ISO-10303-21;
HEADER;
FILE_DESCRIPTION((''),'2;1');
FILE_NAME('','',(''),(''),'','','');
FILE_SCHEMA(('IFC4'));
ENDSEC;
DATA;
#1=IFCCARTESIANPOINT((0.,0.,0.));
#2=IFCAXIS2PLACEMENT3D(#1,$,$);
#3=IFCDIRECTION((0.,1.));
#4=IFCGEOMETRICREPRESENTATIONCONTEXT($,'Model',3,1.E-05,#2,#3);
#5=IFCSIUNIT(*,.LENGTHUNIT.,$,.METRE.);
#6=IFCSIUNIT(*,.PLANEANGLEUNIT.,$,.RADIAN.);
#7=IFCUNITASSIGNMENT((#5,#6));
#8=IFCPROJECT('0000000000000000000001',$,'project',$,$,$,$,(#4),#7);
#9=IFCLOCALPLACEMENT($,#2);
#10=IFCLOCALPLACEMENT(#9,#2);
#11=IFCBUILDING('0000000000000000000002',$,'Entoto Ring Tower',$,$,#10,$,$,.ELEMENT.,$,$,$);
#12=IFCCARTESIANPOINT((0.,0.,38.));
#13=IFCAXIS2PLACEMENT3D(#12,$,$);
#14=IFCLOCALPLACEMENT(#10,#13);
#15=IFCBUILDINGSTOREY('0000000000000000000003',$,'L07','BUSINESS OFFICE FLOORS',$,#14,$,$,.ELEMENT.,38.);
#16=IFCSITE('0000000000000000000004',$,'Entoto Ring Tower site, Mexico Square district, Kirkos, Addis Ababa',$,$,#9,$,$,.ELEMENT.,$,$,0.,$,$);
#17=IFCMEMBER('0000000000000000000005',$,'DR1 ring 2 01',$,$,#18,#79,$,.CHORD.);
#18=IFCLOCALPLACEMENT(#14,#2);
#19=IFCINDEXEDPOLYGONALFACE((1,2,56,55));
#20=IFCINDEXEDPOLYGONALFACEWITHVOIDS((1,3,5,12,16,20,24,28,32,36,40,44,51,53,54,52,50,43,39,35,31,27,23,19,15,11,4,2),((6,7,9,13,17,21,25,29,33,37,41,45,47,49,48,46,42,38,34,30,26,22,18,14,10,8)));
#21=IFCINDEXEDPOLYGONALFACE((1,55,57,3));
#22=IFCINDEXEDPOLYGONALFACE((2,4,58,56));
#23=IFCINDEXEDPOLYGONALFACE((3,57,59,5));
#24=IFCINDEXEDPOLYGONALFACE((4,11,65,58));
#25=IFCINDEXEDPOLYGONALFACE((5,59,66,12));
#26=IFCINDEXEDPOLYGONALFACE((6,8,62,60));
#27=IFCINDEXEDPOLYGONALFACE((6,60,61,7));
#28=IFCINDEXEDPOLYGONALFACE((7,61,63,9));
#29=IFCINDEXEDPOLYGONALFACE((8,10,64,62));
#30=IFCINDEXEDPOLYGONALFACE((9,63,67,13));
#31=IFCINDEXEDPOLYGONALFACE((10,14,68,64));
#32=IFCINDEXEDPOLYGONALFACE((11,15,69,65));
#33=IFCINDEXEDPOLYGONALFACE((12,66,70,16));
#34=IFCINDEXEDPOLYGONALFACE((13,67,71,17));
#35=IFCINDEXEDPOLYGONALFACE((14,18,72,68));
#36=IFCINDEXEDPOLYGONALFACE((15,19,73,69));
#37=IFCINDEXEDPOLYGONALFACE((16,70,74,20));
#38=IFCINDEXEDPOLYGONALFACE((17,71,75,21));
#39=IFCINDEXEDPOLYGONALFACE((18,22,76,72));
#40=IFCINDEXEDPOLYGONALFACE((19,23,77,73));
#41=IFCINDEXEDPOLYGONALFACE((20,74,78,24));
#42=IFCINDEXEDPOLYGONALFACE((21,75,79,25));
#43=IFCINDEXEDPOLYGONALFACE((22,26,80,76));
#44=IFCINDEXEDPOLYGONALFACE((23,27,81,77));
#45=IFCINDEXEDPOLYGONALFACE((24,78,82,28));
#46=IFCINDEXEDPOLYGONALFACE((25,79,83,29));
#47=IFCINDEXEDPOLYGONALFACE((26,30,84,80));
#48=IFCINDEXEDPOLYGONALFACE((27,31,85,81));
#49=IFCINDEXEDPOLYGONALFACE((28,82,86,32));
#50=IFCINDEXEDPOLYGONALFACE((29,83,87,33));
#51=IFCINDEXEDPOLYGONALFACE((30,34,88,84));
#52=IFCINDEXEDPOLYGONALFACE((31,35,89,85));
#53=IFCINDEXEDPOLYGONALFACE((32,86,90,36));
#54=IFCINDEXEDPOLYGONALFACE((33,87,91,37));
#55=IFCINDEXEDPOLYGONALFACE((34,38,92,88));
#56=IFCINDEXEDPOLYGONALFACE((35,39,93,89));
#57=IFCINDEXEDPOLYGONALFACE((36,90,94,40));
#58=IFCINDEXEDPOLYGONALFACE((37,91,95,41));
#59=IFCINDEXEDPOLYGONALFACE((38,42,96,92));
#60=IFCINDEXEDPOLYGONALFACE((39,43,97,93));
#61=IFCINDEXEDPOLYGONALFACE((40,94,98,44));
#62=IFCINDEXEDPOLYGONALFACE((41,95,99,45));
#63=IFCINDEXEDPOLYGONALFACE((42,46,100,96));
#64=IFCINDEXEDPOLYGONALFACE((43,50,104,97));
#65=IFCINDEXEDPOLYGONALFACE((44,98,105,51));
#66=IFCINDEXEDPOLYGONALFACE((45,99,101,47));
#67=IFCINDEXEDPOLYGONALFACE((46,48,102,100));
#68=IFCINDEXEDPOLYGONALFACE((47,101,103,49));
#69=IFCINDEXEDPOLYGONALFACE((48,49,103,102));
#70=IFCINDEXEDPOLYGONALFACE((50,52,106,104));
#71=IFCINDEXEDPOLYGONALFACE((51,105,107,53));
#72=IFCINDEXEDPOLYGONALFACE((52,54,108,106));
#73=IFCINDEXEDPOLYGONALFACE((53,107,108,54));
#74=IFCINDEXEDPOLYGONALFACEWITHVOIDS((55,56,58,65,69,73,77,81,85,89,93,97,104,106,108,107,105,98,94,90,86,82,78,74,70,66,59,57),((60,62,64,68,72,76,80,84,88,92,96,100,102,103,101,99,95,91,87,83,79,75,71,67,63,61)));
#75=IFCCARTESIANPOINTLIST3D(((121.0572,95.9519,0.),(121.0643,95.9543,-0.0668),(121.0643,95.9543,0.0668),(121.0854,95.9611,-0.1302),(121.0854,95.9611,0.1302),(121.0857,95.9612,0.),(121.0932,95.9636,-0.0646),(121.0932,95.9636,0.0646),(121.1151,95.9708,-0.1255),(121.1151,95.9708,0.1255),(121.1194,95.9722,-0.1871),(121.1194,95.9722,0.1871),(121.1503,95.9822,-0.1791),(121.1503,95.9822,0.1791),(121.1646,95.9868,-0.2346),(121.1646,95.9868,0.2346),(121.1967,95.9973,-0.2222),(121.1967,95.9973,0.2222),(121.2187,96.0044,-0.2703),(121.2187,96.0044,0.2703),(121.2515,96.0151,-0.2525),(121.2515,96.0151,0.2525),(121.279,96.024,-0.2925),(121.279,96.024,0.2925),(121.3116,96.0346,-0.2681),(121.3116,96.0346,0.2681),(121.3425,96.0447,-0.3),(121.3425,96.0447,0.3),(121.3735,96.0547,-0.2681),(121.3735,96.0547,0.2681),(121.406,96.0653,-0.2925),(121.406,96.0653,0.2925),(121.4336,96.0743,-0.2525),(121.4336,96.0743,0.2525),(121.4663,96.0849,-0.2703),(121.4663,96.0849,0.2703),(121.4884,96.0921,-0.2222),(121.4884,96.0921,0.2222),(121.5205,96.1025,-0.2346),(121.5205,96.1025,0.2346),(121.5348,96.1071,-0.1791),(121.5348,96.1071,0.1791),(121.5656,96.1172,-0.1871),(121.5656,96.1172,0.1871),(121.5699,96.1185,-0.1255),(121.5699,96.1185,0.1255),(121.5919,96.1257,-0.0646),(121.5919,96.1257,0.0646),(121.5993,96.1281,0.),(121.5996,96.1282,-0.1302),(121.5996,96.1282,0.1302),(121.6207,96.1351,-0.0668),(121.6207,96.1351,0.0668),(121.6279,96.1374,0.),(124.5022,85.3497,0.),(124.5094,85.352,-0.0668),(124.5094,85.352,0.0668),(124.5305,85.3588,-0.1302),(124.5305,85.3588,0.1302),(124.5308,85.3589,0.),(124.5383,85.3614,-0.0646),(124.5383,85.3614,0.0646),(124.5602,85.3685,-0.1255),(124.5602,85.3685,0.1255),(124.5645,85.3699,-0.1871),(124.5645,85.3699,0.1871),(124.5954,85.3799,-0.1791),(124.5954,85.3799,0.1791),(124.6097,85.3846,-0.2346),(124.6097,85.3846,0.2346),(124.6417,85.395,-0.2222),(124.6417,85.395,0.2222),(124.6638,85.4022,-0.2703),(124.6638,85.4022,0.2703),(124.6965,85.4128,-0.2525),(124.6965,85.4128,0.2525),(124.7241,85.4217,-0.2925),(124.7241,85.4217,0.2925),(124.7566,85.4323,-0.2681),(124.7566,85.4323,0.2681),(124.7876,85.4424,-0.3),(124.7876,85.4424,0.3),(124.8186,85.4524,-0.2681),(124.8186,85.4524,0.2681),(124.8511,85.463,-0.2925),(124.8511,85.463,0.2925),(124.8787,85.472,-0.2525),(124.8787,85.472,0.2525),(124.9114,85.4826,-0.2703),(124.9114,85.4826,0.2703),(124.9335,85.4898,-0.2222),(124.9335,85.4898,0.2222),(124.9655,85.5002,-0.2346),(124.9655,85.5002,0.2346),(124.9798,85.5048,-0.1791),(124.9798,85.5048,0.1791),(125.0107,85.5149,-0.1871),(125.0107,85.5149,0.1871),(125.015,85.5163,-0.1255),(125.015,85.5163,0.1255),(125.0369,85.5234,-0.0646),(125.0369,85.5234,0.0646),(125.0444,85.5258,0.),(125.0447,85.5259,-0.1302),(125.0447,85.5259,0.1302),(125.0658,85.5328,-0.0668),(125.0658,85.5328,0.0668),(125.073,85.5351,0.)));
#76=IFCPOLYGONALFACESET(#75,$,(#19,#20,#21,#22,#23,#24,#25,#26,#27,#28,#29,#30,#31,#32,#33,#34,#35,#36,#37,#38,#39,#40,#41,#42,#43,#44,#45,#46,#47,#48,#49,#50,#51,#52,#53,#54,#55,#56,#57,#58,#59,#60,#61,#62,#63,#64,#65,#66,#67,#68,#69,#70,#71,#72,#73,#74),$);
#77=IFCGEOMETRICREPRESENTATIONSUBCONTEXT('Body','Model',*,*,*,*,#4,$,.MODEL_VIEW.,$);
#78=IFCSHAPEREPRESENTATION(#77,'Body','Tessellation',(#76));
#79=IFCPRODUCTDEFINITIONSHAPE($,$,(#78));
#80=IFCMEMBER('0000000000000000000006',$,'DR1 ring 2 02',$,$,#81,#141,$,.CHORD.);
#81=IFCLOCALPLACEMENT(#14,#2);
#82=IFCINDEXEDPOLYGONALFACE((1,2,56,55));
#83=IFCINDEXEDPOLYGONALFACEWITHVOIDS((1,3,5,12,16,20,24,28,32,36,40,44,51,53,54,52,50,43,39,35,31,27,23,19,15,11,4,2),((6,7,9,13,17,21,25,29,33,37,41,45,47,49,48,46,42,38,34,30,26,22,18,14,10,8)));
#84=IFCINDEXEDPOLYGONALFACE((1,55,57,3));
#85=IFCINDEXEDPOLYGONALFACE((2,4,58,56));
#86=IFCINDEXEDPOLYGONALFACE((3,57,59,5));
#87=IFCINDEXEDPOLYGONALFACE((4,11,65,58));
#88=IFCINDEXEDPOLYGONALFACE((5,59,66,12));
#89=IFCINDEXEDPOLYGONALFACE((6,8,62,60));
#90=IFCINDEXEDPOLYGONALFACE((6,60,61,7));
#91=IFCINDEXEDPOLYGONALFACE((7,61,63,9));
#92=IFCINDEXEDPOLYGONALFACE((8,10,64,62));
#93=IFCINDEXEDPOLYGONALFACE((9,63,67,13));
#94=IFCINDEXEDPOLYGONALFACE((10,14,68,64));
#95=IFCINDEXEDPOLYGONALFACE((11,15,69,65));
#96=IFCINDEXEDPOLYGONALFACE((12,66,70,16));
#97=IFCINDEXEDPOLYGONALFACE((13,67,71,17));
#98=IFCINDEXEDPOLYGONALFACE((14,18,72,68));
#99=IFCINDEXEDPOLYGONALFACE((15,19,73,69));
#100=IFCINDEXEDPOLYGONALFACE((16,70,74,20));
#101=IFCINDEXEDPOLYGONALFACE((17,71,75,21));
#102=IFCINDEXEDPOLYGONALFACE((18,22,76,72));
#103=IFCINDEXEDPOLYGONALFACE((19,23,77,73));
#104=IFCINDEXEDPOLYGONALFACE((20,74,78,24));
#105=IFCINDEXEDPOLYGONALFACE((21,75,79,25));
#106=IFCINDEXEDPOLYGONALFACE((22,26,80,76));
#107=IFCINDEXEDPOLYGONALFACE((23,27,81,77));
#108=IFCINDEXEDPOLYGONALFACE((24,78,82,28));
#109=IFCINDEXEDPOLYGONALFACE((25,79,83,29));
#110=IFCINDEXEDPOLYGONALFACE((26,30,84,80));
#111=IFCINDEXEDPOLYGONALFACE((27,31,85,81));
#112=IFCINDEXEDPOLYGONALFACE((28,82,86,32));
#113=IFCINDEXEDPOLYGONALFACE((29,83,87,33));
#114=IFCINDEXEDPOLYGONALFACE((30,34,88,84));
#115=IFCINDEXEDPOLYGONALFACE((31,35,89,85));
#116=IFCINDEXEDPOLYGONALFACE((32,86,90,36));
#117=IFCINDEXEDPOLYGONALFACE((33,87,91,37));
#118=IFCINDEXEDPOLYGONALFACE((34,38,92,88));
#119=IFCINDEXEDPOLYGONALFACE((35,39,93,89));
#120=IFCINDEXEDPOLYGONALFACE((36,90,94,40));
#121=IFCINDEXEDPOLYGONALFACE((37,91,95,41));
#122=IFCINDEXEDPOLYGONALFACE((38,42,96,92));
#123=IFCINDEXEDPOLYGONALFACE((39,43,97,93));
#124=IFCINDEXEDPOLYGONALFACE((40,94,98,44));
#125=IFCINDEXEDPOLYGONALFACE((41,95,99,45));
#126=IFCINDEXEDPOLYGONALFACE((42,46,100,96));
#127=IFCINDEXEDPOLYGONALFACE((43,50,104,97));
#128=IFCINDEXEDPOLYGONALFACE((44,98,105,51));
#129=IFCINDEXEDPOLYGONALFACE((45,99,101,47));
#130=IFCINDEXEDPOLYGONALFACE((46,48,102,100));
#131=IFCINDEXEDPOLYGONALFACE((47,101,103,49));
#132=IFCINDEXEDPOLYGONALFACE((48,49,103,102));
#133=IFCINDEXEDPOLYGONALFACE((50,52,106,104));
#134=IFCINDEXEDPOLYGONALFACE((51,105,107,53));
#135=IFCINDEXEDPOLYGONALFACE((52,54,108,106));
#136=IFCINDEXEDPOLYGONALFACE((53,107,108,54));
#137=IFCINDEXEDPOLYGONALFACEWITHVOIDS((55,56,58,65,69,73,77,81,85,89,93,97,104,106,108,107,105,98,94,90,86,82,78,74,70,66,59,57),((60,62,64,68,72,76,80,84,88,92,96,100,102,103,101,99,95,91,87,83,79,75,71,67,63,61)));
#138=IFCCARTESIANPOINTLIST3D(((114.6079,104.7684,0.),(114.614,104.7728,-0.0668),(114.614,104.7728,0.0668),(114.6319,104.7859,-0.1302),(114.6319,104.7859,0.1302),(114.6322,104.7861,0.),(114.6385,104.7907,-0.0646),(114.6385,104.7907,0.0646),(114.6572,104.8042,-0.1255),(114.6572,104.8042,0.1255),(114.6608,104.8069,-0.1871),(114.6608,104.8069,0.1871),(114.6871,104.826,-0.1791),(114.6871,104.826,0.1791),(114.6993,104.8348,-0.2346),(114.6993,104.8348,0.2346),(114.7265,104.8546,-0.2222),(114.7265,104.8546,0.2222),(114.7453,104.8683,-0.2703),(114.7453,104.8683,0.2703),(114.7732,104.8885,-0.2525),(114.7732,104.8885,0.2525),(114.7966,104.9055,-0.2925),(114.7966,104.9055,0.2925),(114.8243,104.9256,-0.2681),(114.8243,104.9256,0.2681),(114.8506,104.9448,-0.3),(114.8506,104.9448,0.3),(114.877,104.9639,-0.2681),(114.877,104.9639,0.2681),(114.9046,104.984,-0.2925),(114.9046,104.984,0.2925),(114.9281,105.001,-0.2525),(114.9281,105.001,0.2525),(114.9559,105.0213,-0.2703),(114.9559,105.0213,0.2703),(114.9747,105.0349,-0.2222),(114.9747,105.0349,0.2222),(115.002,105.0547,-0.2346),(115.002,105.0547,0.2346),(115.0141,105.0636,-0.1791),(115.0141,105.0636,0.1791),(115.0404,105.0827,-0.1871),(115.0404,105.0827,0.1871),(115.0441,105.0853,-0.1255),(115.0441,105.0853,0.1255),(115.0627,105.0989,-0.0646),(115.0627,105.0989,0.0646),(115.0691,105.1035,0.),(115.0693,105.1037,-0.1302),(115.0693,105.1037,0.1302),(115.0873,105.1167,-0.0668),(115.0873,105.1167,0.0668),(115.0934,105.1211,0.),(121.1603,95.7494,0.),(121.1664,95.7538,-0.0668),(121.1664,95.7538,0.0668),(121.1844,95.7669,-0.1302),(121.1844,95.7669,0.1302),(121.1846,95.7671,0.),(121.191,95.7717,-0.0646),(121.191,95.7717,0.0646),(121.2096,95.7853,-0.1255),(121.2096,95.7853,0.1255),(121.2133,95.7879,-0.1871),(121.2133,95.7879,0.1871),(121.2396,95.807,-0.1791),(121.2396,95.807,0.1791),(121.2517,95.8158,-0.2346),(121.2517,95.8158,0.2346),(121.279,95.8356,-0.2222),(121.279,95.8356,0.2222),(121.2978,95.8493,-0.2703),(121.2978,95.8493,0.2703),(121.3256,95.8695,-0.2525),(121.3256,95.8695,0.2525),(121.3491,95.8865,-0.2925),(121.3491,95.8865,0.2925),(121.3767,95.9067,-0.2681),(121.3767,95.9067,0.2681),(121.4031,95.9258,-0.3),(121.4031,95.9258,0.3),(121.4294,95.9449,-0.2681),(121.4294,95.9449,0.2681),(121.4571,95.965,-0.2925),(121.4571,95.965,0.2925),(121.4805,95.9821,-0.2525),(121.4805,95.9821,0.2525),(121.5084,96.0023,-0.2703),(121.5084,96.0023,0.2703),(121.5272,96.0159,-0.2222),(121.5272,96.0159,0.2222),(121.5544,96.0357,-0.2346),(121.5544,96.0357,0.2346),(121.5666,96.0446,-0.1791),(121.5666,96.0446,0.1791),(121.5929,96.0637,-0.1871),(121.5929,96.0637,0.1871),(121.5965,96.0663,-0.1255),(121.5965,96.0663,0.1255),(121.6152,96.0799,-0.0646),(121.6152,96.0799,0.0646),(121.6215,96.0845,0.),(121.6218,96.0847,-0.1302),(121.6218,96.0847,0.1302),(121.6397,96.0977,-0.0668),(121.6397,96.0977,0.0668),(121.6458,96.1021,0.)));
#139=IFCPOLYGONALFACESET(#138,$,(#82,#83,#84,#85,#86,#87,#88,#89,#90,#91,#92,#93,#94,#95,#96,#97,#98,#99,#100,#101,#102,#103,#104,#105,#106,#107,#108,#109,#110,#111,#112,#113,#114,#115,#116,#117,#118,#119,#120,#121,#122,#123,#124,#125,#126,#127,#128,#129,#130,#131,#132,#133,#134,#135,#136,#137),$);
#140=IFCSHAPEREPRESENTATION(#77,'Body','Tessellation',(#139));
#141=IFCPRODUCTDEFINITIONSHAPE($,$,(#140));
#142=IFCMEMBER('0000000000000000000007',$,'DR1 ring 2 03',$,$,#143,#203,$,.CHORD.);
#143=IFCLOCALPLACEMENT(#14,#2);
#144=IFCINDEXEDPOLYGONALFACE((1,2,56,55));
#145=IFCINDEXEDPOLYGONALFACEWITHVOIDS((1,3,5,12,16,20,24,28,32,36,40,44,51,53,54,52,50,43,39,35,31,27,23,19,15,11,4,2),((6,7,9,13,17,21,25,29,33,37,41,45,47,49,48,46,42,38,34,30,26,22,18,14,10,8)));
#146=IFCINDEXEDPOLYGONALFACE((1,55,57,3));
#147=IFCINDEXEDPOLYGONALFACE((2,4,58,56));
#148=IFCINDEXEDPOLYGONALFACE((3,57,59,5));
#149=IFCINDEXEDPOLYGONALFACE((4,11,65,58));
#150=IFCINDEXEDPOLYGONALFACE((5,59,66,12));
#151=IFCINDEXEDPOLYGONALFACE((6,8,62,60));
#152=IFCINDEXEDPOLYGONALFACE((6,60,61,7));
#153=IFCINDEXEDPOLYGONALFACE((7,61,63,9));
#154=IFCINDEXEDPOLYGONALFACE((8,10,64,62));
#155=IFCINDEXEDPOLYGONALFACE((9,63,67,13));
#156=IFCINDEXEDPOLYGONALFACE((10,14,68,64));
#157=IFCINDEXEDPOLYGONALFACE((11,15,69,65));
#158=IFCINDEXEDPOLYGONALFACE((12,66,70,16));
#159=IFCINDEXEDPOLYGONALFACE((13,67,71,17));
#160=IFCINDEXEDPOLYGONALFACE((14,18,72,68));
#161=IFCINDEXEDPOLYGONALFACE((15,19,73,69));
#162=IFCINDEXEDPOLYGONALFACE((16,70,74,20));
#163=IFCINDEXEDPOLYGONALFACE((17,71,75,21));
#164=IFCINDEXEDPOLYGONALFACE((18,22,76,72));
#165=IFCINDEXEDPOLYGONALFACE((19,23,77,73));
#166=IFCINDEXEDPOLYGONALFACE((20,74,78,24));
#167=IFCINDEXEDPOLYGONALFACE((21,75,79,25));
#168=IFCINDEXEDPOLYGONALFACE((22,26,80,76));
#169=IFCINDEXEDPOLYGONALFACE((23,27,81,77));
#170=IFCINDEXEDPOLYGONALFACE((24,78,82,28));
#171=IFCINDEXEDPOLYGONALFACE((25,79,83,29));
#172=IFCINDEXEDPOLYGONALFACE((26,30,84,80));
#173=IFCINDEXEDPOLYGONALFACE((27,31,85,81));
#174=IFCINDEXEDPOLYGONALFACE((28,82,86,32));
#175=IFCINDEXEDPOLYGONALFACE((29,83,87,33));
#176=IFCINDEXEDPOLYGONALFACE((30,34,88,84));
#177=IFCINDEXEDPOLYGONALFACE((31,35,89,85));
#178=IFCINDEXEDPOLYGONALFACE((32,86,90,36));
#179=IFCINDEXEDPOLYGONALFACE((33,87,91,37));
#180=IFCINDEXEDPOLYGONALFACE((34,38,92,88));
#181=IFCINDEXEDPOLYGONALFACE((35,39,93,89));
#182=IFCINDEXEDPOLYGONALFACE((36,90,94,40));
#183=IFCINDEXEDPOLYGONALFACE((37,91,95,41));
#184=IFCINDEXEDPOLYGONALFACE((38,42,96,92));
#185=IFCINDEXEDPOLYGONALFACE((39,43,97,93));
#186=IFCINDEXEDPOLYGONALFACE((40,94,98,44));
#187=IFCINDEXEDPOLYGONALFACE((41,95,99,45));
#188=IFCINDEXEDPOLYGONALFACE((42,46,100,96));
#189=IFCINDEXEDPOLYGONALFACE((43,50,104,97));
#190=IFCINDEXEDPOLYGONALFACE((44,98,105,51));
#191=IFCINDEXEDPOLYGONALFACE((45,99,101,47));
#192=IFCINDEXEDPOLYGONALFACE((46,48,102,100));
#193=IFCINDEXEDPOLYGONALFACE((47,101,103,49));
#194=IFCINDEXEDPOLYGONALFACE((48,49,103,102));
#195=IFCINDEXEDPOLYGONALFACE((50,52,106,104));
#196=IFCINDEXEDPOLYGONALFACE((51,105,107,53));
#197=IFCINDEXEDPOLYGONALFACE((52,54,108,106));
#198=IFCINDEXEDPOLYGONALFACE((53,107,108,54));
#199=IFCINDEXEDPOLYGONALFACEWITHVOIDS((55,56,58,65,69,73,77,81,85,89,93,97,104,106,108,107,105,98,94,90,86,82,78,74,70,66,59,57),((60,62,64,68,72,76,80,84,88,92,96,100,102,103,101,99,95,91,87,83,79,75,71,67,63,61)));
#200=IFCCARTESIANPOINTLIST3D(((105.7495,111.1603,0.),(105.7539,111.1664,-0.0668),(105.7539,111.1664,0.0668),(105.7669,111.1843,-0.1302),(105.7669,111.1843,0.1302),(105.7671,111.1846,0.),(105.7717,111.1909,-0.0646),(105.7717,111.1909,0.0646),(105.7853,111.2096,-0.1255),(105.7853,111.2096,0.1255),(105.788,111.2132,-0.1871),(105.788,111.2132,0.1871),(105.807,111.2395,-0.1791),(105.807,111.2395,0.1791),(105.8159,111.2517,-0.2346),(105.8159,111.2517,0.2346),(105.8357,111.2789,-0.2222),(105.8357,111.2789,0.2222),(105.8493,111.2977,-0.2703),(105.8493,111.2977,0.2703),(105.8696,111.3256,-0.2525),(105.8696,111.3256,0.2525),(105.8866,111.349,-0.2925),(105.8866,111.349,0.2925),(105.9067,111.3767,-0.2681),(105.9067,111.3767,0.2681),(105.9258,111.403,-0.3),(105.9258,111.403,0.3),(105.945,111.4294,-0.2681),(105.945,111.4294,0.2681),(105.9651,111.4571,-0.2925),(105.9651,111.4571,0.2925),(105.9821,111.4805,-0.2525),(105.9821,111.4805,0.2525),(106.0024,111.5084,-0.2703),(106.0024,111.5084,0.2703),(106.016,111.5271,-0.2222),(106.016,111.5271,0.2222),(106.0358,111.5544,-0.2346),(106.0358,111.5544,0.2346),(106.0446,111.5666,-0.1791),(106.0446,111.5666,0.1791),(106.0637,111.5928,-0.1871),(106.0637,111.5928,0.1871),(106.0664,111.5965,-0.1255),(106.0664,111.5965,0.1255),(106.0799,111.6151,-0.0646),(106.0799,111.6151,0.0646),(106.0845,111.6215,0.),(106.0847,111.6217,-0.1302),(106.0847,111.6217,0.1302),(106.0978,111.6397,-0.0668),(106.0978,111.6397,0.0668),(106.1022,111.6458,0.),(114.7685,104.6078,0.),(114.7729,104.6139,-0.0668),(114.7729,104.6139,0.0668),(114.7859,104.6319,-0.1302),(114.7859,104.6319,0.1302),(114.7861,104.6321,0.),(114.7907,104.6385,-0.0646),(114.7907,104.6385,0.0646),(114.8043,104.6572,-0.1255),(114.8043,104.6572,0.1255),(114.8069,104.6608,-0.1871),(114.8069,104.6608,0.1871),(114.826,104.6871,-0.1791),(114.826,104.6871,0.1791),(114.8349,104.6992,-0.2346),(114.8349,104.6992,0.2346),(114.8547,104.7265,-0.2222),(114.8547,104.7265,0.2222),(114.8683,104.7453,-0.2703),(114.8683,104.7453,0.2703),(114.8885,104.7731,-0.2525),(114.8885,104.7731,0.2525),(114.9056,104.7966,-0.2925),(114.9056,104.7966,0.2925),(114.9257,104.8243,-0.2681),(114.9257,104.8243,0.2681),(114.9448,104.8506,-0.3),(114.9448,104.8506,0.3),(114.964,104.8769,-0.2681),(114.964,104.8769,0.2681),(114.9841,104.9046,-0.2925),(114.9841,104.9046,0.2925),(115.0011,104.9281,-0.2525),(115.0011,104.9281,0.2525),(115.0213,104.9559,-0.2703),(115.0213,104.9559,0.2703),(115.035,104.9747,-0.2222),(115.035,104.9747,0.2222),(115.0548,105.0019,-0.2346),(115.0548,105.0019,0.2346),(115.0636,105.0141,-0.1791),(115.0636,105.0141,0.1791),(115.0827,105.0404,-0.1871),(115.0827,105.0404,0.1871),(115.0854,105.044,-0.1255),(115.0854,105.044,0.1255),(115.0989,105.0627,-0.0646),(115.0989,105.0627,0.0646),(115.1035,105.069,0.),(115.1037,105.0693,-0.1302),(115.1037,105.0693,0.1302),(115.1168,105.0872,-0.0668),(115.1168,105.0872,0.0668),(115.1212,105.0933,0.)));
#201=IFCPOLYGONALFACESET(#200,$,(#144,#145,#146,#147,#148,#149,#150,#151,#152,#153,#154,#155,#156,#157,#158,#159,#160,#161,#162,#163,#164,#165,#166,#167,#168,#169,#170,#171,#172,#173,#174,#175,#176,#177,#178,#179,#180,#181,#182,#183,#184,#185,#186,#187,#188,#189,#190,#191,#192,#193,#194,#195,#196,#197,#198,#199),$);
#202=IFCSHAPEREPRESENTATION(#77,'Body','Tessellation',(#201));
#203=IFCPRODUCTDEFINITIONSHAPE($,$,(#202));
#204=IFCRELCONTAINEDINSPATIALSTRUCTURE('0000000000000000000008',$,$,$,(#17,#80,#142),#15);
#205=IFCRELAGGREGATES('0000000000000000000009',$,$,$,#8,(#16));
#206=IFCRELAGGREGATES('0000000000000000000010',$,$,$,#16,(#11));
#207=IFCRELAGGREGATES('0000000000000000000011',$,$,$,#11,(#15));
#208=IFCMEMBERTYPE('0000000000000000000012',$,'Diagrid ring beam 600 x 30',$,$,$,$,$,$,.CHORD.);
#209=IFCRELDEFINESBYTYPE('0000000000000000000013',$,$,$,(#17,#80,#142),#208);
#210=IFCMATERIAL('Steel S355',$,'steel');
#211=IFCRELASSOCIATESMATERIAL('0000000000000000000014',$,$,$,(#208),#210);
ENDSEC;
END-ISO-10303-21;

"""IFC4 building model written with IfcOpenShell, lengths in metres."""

from ifc_helpers import new_model, si_unit, direction, frame, origin, origin_2d, place, context, subcontext, project, spatial, circle, hollow_circle, extrude, material, material_profile, profile_set, type_object, element, save


model = new_model("IFC4")

# Units and contexts
model_context = context("Model", 3, precision=1e-05, world=origin(), true_north=direction((0.0, 1.0)))
body_context = subcontext(model_context, "Body", "Model", "MODEL_VIEW")
ifc_project = project(units=[si_unit("LENGTHUNIT", "METRE"), si_unit("PLANEANGLEUNIT", "RADIAN")], contexts=[model_context])

# Site, building, storey
site_placement = place(None, origin())
site = spatial("IfcSite", under=ifc_project, at=site_placement, Name="Entoto Ring Tower site, Mexico Square district, Kirkos, Addis Ababa", CompositionType="ELEMENT", RefElevation=0.0)
building_placement = place(site_placement, origin())
building = spatial("IfcBuilding", under=site, at=building_placement, Name="Entoto Ring Tower", CompositionType="ELEMENT")
storey_placement = place(building_placement, frame((0.0, 0.0, 38.0)))
storey = spatial("IfcBuildingStorey", under=building, at=storey_placement, Name="L07", Description="BUSINESS OFFICE FLOORS", CompositionType="ELEMENT", Elevation=38.0)

# Members
ifc_material_1 = material(Name="Steel S355", Category="steel")
ifc_material_profile_1 = material_profile(ifc_material_1, hollow_circle(Radius=0.3, WallThickness=0.03, at=origin_2d()), Name="CHS 600 x 30")
ifc_material_2 = material(Name="Concrete C60/75", Category="concrete")
ifc_material_profile_2 = material_profile(ifc_material_2, circle(Radius=0.27, at=origin_2d()), Name="Concrete C60/75 infill")
ifc_profile_set_1 = profile_set([ifc_material_profile_1, ifc_material_profile_2], Name="Steel S355")
member_type_1 = type_object("IfcMemberType", Name="Diagrid ring beam 600 x 30", PredefinedType="CHORD", material=ifc_profile_set_1)
for number, where, z_axis, x_axis, name in (
    (1, (124.7876, 85.4424, 0.0), (-0.309031, 0.951052, 0.0), (-0.951052, -0.309031, 0.0), "DR1 ring 2 01"),
    (2, (121.4031, 95.9258, 0.0), (-0.587772, 0.809027, 0.0), (-0.809027, -0.587772, 0.0), "DR1 ring 2 02"),
    (3, (114.9448, 104.8506, 0.0), (-0.809027, 0.587772, 0.0), (-0.587772, -0.809027, 0.0), "DR1 ring 2 03"),
):
    element("IfcMember", number, at=place(storey_placement, frame(where, z_axis=z_axis, x_axis=x_axis)), inside=storey, type_object=member_type_1, Name=name, PredefinedType="CHORD", context=body_context, shape_type="SweptSolid", body=[
        extrude(hollow_circle(Radius=0.3, WallThickness=0.03, at=origin_2d()), origin(), (0.0, 0.0, 1.0), 11.1479),
    ])

save(model, "model.ifc")
